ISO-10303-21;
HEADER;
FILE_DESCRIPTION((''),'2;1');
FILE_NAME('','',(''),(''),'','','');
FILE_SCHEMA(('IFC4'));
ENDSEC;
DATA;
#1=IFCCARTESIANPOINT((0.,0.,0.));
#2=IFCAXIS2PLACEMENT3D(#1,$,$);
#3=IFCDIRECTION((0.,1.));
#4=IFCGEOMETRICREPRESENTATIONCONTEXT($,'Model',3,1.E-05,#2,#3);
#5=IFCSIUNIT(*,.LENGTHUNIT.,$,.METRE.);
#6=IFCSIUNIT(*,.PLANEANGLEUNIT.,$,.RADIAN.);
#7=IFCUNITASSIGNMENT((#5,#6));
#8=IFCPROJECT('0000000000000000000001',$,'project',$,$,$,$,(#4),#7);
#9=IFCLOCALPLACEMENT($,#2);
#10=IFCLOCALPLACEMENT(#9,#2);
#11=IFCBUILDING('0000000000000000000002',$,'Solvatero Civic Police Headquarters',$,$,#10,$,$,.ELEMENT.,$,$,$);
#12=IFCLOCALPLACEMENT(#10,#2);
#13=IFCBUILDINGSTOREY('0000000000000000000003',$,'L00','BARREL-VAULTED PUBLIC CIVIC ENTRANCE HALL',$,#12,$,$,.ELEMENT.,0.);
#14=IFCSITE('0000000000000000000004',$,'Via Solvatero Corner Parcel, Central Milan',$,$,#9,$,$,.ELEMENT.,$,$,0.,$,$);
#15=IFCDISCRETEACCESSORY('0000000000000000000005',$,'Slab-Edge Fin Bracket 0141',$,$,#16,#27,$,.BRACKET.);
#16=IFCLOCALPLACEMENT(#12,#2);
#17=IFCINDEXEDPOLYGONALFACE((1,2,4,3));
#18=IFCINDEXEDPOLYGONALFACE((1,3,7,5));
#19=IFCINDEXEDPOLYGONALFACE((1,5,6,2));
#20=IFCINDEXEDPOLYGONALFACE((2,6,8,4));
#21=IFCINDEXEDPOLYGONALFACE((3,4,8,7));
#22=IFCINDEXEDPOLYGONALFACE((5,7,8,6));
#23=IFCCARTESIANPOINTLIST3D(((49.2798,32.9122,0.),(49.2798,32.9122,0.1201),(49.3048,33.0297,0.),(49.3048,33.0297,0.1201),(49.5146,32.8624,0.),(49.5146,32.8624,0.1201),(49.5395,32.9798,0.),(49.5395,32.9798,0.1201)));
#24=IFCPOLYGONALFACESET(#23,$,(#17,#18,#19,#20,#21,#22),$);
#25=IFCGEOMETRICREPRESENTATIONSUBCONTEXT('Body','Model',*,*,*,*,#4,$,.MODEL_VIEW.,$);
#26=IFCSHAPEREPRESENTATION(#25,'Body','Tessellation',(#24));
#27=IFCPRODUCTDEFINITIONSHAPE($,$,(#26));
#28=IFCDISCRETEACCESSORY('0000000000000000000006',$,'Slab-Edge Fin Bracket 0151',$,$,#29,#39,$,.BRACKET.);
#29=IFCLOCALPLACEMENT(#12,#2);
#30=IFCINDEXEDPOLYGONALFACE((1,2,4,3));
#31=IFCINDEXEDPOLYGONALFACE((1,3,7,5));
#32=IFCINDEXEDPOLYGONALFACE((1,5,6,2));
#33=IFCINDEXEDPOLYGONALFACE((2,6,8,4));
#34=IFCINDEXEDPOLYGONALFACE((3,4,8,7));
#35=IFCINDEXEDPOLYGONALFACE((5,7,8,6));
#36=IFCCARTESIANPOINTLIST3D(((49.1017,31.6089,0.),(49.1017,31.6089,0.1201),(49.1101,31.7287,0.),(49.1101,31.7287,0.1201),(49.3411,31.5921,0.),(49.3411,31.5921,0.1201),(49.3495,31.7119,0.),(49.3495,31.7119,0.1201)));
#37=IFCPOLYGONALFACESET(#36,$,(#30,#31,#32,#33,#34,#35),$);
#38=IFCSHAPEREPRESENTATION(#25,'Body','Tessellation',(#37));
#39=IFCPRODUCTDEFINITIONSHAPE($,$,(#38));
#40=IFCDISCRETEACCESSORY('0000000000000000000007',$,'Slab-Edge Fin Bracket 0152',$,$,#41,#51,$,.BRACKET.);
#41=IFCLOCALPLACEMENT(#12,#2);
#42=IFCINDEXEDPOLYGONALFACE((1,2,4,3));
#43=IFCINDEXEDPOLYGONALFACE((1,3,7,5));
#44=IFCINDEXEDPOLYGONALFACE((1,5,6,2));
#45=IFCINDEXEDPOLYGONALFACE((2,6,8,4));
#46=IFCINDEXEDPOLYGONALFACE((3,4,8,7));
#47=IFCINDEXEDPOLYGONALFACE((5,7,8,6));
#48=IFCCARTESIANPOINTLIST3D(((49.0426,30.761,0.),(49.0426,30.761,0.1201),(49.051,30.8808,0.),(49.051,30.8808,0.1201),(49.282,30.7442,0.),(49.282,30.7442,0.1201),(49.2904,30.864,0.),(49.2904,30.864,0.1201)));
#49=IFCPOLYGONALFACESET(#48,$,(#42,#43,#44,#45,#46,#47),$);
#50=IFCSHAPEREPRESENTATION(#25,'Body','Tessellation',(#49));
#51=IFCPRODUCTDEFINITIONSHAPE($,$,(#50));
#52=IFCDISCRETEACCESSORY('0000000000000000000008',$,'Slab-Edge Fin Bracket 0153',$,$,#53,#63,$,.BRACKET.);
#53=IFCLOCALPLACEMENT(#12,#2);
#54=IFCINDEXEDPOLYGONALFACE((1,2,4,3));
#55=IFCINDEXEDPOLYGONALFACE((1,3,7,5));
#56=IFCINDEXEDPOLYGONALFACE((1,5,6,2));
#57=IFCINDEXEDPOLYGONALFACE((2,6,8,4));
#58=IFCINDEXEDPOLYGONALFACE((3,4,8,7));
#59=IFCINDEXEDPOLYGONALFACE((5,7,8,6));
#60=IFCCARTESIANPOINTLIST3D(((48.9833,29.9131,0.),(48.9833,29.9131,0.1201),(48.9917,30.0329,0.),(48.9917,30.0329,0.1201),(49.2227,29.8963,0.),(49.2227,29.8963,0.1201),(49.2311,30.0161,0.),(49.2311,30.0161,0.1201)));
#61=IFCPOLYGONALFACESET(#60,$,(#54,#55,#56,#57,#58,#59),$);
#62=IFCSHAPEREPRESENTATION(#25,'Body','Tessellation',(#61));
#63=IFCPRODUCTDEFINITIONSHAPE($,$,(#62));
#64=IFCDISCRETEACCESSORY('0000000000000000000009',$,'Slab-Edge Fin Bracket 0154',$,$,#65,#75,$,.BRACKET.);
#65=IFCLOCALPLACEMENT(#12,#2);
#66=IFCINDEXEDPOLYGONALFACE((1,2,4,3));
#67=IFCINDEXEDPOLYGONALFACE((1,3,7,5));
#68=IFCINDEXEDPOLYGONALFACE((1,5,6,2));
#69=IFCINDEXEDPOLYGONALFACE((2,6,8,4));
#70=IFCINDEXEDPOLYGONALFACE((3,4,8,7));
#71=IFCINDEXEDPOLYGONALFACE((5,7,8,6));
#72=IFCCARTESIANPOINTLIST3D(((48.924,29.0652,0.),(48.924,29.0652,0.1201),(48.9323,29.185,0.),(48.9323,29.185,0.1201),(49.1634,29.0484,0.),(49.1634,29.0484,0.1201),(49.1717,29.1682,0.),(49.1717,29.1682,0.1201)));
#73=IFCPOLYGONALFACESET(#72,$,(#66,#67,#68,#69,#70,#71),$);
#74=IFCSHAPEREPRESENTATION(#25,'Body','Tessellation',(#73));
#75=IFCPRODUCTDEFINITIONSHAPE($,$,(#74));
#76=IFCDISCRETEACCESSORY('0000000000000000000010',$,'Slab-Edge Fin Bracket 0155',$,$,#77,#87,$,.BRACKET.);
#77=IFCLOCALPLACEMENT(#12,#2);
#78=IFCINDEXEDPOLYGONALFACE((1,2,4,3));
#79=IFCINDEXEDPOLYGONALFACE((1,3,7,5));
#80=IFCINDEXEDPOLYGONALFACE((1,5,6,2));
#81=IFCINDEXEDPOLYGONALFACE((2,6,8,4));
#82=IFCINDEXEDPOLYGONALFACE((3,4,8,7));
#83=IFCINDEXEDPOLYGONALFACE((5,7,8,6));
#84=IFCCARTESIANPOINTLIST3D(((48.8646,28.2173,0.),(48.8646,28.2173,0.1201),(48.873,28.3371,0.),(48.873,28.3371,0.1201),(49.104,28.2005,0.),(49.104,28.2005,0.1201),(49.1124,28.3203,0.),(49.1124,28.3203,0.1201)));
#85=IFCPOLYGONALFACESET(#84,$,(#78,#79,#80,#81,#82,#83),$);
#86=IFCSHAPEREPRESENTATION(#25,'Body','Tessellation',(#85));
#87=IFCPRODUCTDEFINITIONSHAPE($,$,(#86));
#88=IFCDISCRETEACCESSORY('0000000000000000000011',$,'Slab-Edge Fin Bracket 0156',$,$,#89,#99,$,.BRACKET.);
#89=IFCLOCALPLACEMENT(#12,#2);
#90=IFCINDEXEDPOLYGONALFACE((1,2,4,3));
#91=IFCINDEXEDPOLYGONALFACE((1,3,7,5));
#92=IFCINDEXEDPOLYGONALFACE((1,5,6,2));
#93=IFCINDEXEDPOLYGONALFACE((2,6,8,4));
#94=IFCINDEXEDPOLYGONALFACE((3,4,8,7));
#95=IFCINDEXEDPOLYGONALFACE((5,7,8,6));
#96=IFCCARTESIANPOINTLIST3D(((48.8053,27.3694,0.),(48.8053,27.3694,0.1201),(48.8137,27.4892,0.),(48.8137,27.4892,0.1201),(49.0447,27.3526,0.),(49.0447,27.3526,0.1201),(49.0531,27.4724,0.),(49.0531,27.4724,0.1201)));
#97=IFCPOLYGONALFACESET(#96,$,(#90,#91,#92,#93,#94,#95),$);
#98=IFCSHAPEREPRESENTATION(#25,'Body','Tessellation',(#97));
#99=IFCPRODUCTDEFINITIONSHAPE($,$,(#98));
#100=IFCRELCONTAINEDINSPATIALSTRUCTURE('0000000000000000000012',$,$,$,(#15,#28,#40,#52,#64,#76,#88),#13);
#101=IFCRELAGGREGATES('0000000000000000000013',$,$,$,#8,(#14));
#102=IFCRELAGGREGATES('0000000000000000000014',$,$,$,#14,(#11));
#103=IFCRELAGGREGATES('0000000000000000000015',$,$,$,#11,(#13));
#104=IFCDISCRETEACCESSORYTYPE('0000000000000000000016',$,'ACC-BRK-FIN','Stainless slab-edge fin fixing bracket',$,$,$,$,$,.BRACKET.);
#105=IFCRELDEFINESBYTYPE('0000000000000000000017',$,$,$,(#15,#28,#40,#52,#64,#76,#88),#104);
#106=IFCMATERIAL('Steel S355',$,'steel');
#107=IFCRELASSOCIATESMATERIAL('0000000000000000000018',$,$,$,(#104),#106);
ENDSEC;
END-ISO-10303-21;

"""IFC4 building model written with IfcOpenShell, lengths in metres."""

from ifc_helpers import new_model, si_unit, direction, frame, origin, origin_2d, place, context, subcontext, project, spatial, rectangle, extrude, material, type_object, element, save


model = new_model("IFC4")

# Units and contexts
model_context = context("Model", 3, precision=1e-05, world=origin(), true_north=direction((0.0, 1.0)))
body_context = subcontext(model_context, "Body", "Model", "MODEL_VIEW")
ifc_project = project(units=[si_unit("LENGTHUNIT", "METRE"), si_unit("PLANEANGLEUNIT", "RADIAN")], contexts=[model_context])

# Site, building, storey
site_placement = place(None, origin())
site = spatial("IfcSite", under=ifc_project, at=site_placement, Name="Via Solvatero Corner Parcel, Central Milan", CompositionType="ELEMENT", RefElevation=0.0)
building_placement = place(site_placement, origin())
building = spatial("IfcBuilding", under=site, at=building_placement, Name="Solvatero Civic Police Headquarters", CompositionType="ELEMENT")
storey_placement = place(building_placement, origin())
storey = spatial("IfcBuildingStorey", under=building, at=storey_placement, Name="L00", Description="BARREL-VAULTED PUBLIC CIVIC ENTRANCE HALL", CompositionType="ELEMENT", Elevation=0.0)

# Shared definitions
ifc_material_1 = material(Name="Steel S355", Category="steel")

# Discrete accessories
discrete_accessory_type = type_object("IfcDiscreteAccessoryType", Name="ACC-BRK-FIN", Description="Stainless slab-edge fin fixing bracket", PredefinedType="BRACKET", material=ifc_material_1)
for number, where, z_axis, x_axis, name in (
    (1, (49.4097, 32.946, 0.0), (0.0, 0.0, 1.0), (-0.207912, -0.978148, 0.0), "Slab-Edge Fin Bracket 0141"),
    (2, (49.2256, 31.6604, 0.0), (0.0, 0.0, 1.0), (-0.069756, -0.997564, 0.0), "Slab-Edge Fin Bracket 0151"),
    (3, (49.1665, 30.8125, 0.0), (0.0, 0.0, 1.0), (-0.069756, -0.997564, 0.0), "Slab-Edge Fin Bracket 0152"),
    (4, (49.1072, 29.9646, 0.0), (0.0, 0.0, 1.0), (-0.069756, -0.997564, 0.0), "Slab-Edge Fin Bracket 0153"),
    (5, (49.0479, 29.1167, 0.0), (0.0, 0.0, 1.0), (-0.069756, -0.997564, 0.0), "Slab-Edge Fin Bracket 0154"),
    (6, (48.9885, 28.2688, 0.0), (0.0, 0.0, 1.0), (-0.069756, -0.997564, 0.0), "Slab-Edge Fin Bracket 0155"),
    (7, (48.9292, 27.4209, 0.0), (0.0, 0.0, 1.0), (-0.069756, -0.997564, 0.0), "Slab-Edge Fin Bracket 0156"),
):
    element("IfcDiscreteAccessory", number, at=place(storey_placement, frame(where, z_axis=z_axis, x_axis=x_axis)), inside=storey, type_object=discrete_accessory_type, Name=name, PredefinedType="BRACKET", context=body_context, shape_type="SweptSolid", body=[
        extrude(rectangle(XDim=0.1201, YDim=0.24, at=origin_2d()), origin(), (0.0, 0.0, 1.0), 0.1201),
    ])

save(model, "model.ifc")
